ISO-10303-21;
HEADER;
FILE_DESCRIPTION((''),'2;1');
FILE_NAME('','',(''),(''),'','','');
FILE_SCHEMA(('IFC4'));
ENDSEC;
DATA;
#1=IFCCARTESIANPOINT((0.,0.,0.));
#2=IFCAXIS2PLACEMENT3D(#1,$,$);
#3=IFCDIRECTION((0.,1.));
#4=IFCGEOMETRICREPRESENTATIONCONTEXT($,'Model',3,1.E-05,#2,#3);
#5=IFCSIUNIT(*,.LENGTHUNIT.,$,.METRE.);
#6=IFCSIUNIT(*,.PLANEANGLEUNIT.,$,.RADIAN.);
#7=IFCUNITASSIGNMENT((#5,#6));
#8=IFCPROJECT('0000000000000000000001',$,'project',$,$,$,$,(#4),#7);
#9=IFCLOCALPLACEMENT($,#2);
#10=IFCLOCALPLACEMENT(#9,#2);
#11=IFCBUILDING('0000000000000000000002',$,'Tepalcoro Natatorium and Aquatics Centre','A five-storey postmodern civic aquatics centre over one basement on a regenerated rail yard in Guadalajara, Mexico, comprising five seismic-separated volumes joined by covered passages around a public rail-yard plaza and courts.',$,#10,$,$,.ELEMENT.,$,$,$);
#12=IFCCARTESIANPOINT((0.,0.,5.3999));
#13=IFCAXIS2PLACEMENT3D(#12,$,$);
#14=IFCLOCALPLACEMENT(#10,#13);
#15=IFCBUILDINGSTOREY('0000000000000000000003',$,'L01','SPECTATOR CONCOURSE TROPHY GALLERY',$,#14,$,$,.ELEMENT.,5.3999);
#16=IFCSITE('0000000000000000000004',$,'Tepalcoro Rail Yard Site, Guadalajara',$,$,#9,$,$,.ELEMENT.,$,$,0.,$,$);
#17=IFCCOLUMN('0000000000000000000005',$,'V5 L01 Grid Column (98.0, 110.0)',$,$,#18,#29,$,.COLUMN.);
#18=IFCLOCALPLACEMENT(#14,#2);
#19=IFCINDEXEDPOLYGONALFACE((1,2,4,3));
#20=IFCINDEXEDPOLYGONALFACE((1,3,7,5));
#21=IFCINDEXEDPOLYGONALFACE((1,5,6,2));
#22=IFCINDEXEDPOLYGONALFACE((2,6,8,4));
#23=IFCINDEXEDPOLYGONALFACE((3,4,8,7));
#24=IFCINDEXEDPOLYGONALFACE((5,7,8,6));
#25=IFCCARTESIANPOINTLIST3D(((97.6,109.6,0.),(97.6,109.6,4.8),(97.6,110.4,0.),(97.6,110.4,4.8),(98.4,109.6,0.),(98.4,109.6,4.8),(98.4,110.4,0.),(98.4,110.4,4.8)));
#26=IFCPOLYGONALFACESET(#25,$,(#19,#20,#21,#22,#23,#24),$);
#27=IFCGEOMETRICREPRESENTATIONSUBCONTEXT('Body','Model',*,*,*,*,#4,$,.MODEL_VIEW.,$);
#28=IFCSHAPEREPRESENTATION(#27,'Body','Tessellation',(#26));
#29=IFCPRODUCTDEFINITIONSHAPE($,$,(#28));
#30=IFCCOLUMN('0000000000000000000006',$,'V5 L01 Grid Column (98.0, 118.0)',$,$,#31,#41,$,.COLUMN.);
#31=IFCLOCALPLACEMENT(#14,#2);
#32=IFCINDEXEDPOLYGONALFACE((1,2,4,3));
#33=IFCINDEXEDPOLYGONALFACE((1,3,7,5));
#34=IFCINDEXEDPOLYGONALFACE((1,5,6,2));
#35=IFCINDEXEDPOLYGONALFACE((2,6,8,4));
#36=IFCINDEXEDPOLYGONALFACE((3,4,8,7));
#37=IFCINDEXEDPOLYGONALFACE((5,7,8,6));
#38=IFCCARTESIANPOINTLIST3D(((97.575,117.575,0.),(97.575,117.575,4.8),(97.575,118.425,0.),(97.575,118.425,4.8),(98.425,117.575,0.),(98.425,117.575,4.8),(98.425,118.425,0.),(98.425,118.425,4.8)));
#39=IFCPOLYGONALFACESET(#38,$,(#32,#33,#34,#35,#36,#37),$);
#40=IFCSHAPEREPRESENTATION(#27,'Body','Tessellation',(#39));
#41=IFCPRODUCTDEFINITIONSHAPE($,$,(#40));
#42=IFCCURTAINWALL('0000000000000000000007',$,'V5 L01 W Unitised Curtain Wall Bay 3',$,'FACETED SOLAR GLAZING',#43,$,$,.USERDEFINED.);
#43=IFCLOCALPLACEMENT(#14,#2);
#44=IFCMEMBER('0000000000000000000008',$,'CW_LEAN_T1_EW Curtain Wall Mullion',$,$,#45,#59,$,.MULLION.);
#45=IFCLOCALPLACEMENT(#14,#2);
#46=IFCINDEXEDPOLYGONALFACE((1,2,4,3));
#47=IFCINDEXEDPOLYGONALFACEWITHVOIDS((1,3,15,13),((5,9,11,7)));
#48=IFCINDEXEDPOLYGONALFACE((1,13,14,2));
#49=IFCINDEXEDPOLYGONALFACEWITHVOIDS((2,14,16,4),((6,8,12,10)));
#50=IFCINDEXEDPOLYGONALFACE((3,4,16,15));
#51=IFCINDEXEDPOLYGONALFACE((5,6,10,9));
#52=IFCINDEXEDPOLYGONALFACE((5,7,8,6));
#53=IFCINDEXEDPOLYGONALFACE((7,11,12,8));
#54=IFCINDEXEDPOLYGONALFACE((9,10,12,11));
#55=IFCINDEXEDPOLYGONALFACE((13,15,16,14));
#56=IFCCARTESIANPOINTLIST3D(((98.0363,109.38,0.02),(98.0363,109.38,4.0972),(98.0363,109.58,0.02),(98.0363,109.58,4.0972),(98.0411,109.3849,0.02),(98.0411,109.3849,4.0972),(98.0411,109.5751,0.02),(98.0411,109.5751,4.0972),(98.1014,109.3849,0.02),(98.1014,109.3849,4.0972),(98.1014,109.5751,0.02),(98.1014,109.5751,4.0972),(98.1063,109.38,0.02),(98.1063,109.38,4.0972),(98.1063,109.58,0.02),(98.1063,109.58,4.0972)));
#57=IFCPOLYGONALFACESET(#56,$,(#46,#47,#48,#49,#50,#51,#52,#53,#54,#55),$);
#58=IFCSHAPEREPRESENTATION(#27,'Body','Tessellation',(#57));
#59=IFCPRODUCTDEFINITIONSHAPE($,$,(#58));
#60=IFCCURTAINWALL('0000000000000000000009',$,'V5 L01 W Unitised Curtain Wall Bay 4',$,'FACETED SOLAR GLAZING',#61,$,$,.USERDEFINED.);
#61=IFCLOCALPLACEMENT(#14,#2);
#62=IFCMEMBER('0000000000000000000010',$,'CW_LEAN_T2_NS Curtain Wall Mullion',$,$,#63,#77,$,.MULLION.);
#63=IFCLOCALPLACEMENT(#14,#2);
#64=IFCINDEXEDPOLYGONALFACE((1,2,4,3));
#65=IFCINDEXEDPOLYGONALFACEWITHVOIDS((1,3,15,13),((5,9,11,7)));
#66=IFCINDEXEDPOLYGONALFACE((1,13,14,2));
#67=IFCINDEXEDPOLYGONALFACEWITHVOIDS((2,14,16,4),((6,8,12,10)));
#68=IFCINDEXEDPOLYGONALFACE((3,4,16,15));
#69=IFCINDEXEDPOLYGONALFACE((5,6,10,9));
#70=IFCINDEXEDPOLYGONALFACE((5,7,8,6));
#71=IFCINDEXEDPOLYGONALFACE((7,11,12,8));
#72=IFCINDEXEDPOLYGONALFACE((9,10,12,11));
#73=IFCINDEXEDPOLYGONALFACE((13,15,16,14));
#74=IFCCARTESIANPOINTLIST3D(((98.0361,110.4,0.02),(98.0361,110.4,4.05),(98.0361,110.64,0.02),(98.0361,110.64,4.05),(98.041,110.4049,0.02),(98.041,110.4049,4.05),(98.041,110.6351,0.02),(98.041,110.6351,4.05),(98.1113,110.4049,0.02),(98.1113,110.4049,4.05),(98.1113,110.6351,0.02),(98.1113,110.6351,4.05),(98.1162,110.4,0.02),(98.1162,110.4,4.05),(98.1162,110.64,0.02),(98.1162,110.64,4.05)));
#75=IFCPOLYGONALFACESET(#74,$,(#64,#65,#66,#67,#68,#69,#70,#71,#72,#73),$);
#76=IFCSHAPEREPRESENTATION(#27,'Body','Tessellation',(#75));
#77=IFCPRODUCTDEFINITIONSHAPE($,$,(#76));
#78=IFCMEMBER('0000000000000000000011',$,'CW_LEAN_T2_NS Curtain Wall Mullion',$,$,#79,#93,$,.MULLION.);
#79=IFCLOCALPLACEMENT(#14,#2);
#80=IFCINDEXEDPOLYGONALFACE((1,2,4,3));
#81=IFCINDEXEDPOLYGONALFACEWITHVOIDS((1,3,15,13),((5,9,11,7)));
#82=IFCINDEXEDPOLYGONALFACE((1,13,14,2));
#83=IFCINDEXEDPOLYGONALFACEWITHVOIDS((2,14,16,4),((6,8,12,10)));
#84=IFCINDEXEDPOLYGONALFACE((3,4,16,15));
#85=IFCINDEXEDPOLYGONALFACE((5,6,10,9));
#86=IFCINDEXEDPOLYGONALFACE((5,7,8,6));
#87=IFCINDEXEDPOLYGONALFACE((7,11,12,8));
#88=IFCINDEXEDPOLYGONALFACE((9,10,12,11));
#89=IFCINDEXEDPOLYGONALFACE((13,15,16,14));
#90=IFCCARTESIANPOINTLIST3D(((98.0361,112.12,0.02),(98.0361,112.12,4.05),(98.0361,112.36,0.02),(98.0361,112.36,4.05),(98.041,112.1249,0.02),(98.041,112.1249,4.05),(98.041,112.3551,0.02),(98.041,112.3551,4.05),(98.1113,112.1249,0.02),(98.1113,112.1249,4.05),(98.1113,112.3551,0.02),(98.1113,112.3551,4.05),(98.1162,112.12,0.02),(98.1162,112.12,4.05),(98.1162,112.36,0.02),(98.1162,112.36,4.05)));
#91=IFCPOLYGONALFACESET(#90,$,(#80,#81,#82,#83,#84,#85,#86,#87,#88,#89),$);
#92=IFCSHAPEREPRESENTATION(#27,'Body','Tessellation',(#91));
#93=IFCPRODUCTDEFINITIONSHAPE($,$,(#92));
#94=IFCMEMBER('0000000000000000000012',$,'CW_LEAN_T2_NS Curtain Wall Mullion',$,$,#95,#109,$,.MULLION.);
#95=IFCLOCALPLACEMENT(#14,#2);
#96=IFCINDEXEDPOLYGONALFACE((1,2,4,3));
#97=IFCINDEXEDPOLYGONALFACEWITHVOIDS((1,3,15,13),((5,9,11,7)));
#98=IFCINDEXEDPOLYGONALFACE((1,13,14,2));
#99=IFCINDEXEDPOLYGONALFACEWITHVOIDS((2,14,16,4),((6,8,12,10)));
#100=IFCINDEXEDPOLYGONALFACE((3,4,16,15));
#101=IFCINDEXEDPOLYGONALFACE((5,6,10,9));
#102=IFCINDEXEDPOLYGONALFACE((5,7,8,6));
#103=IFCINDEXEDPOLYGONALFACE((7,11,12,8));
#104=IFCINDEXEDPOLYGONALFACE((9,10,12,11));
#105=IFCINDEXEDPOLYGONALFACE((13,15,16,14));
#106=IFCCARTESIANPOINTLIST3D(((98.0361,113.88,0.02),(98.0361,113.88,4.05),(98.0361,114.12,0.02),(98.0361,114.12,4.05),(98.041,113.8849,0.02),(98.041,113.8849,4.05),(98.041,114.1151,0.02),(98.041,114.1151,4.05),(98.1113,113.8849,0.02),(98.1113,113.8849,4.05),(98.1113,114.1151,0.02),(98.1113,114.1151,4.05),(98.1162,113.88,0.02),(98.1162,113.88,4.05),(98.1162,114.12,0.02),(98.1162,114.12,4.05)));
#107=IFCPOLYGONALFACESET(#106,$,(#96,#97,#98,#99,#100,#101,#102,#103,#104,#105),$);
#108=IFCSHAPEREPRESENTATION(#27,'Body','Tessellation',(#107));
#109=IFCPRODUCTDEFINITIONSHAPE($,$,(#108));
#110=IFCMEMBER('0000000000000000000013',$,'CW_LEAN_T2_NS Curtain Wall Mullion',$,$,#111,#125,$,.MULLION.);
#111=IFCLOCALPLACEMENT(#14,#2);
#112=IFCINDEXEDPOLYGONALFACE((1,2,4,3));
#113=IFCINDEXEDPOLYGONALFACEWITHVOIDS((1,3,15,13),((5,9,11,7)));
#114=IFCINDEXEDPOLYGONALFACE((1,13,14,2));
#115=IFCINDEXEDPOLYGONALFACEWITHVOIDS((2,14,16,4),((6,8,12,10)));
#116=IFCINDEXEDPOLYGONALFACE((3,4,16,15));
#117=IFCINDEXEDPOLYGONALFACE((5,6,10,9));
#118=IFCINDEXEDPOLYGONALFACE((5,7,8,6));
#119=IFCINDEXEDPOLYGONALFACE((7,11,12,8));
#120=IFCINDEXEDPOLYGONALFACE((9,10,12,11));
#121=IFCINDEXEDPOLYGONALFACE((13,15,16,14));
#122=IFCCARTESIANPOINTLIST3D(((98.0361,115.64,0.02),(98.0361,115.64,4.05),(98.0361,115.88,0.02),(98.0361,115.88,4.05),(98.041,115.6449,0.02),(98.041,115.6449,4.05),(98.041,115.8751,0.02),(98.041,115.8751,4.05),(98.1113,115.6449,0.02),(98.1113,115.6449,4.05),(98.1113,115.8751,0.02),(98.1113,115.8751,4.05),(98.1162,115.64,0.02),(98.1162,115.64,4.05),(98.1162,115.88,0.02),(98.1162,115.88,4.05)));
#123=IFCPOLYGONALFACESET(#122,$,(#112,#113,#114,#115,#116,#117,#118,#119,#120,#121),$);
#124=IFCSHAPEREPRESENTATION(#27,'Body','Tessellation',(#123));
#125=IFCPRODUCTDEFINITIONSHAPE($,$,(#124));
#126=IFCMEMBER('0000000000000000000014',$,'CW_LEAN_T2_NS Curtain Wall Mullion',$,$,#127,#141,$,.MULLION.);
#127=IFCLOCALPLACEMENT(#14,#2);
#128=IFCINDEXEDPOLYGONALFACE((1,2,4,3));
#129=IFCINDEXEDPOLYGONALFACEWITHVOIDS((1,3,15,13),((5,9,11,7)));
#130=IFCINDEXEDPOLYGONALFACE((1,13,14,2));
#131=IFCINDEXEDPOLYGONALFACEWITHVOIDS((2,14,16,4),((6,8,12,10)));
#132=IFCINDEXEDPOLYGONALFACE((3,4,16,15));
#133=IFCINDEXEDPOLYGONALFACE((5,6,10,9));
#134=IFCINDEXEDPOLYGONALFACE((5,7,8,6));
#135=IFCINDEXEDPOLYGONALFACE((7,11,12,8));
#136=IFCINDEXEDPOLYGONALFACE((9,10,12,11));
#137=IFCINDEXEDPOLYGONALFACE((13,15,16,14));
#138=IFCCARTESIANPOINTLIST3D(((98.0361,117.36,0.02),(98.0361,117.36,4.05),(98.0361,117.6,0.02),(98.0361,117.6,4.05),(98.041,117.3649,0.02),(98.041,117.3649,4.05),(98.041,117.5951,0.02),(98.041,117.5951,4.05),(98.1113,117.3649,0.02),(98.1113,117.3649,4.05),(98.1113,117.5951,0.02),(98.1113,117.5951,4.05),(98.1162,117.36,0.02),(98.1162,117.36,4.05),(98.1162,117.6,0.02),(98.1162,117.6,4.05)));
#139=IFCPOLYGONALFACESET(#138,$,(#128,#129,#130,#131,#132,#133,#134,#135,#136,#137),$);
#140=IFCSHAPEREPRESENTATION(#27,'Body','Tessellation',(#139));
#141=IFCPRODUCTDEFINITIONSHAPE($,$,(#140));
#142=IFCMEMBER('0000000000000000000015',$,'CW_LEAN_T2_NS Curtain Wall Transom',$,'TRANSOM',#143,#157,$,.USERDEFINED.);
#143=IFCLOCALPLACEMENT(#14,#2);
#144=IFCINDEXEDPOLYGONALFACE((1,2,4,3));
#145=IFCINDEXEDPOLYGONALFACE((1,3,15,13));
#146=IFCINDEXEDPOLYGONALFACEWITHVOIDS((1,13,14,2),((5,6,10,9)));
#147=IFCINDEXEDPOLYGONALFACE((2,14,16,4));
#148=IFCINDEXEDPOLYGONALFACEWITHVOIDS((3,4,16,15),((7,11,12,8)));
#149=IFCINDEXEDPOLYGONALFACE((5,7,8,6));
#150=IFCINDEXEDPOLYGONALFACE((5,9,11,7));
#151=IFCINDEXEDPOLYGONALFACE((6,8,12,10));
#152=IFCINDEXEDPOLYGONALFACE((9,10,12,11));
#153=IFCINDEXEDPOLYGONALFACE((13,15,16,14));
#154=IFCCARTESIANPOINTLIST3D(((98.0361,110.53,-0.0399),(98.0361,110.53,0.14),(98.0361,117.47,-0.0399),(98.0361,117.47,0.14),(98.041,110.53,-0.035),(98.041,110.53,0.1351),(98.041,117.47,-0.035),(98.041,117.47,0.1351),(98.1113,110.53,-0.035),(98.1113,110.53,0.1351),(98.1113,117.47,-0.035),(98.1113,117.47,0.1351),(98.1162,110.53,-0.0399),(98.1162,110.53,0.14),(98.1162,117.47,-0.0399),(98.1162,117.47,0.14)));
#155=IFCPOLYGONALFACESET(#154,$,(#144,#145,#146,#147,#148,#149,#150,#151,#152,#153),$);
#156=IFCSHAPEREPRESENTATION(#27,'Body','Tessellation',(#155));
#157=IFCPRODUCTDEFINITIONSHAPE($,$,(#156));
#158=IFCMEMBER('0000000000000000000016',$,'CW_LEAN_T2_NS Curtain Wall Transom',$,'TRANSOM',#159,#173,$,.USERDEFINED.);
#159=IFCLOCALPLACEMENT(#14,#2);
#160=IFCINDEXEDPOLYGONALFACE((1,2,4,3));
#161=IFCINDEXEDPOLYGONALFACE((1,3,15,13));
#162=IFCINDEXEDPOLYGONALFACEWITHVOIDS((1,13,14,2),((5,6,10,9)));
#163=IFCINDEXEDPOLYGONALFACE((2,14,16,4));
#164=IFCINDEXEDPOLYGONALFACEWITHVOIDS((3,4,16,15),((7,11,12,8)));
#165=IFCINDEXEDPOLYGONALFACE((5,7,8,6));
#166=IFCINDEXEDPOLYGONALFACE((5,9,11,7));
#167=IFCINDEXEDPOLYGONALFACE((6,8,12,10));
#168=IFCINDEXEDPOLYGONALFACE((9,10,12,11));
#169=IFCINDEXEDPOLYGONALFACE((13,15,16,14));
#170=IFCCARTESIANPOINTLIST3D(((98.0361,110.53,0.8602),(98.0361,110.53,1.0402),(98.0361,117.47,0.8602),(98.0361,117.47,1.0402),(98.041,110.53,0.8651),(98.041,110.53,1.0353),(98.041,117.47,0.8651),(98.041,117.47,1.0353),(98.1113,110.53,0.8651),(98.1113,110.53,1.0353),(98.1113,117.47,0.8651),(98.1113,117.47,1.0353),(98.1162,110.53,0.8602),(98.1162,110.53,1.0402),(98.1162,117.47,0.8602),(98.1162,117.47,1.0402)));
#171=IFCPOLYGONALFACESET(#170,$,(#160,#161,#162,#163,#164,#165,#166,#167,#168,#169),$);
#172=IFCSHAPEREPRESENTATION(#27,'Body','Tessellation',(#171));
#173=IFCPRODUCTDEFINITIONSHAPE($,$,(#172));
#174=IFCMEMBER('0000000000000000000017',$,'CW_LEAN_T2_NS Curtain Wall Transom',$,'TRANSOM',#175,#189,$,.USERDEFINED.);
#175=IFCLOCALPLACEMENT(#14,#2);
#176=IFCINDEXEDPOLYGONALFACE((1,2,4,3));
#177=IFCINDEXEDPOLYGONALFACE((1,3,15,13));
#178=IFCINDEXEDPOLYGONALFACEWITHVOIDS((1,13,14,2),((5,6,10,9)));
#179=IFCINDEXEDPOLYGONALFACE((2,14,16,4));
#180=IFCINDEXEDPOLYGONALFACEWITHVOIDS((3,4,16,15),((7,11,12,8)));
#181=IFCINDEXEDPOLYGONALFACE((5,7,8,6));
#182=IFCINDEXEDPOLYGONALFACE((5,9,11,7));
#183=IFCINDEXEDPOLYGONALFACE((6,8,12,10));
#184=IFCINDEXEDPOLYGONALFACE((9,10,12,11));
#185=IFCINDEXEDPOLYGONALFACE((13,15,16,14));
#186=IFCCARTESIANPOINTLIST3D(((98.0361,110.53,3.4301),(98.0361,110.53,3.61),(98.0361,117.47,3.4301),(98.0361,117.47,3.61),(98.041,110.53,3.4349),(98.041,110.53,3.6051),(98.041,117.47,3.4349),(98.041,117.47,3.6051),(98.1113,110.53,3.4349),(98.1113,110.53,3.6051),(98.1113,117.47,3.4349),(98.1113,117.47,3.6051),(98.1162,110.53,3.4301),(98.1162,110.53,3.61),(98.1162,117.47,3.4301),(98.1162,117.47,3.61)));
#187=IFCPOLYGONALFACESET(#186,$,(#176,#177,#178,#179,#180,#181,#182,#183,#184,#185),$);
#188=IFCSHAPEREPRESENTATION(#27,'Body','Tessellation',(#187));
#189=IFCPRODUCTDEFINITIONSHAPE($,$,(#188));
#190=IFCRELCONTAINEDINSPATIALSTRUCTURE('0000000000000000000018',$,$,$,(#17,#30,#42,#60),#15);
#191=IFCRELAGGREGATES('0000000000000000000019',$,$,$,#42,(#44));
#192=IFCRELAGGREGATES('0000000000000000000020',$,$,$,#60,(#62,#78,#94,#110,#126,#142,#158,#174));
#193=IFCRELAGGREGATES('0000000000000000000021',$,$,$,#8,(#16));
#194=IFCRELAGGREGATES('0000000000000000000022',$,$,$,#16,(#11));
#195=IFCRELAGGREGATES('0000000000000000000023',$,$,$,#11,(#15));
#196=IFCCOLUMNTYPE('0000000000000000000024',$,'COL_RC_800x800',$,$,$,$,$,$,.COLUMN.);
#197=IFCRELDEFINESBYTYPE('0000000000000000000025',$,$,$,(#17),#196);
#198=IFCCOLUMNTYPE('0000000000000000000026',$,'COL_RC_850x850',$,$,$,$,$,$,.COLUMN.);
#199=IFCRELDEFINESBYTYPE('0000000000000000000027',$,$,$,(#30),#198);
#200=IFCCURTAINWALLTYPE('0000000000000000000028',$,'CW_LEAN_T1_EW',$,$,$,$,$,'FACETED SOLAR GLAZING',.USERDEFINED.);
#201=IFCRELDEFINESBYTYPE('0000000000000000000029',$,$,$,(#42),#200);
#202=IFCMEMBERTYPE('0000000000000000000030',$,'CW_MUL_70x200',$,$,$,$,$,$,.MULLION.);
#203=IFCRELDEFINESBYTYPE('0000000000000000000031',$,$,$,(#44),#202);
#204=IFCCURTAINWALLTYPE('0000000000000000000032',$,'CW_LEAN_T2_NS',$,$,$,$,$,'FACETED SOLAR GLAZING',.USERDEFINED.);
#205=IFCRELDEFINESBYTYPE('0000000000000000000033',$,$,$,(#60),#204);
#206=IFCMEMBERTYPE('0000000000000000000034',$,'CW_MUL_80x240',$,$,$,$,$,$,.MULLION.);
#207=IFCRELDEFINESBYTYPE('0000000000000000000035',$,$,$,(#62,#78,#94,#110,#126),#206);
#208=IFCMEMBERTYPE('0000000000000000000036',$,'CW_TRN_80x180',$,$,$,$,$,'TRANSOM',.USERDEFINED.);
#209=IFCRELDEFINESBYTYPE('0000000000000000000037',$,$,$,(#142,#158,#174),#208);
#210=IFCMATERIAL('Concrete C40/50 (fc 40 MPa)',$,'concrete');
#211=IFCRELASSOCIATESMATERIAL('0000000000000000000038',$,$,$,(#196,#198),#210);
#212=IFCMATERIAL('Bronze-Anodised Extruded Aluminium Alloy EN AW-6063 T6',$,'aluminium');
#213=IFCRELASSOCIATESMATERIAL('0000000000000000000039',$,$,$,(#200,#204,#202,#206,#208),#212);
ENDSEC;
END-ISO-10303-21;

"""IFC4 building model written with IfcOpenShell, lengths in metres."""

from ifc_helpers import new_model, si_unit, direction, frame, origin, origin_2d, place, context, subcontext, project, spatial, rectangle, hollow_rectangle, extrude, material, material_profile, profile_set, type_object, element, aggregate, save


model = new_model("IFC4")

# Units and contexts
model_context = context("Model", 3, precision=1e-05, world=origin(), true_north=direction((0.0, 1.0)))
body_context = subcontext(model_context, "Body", "Model", "MODEL_VIEW")
ifc_project = project(units=[si_unit("LENGTHUNIT", "METRE"), si_unit("PLANEANGLEUNIT", "RADIAN")], contexts=[model_context])

# Site, building, storey
site_placement = place(None, origin())
site = spatial("IfcSite", under=ifc_project, at=site_placement, Name="Tepalcoro Rail Yard Site, Guadalajara", CompositionType="ELEMENT", RefElevation=0.0)
building_placement = place(site_placement, origin())
building = spatial("IfcBuilding", under=site, at=building_placement, Name="Tepalcoro Natatorium and Aquatics Centre", Description="A five-storey postmodern civic aquatics centre over one basement on a regenerated rail yard in Guadalajara, Mexico, comprising five seismic-separated volumes joined by covered passages around a public rail-yard plaza and courts.", CompositionType="ELEMENT")
storey_placement = place(building_placement, frame((0.0, 0.0, 5.3999)))
storey = spatial("IfcBuildingStorey", under=building, at=storey_placement, Name="L01", Description="SPECTATOR CONCOURSE TROPHY GALLERY", CompositionType="ELEMENT", Elevation=5.3999)

# Columns
ifc_material_1 = material(Name="Concrete C40/50 (fc 40 MPa)", Category="concrete")
ifc_material_profile_1 = material_profile(ifc_material_1, rectangle(XDim=0.8, YDim=0.8, at=origin_2d()), Name="RC800x800")
ifc_profile_set_1 = profile_set([ifc_material_profile_1], Name="Concrete C40/50 (fc 40 MPa)")
column_type_1 = type_object("IfcColumnType", Name="COL_RC_800x800", PredefinedType="COLUMN", material=ifc_profile_set_1)
column_1_placement = place(storey_placement, frame((98.0, 110.0, 0.0), z_axis=(0.0, 0.0, 1.0), x_axis=(1.0, 0.0, 0.0)))
element("IfcColumn", 1, at=column_1_placement, inside=storey, type_object=column_type_1, Name="V5 L01 Grid Column (98.0, 110.0)", PredefinedType="COLUMN", context=body_context, shape_type="SweptSolid", body=[
    extrude(rectangle(XDim=0.8, YDim=0.8, at=origin_2d()), origin(), (0.0, 0.0, 1.0), 4.8),
])
ifc_material_profile_2 = material_profile(ifc_material_1, rectangle(XDim=0.8501, YDim=0.8501, at=origin_2d()), Name="RC850x850")
ifc_profile_set_2 = profile_set([ifc_material_profile_2], Name="Concrete C40/50 (fc 40 MPa)")
column_type_2 = type_object("IfcColumnType", Name="COL_RC_850x850", PredefinedType="COLUMN", material=ifc_profile_set_2)
column_2_placement = place(storey_placement, frame((98.0, 118.0, 0.0), z_axis=(0.0, 0.0, 1.0), x_axis=(1.0, 0.0, 0.0)))
element("IfcColumn", 2, at=column_2_placement, inside=storey, type_object=column_type_2, Name="V5 L01 Grid Column (98.0, 118.0)", PredefinedType="COLUMN", context=body_context, shape_type="SweptSolid", body=[
    extrude(rectangle(XDim=0.8501, YDim=0.8501, at=origin_2d()), origin(), (0.0, 0.0, 1.0), 4.8),
])

# Curtain wall, member
ifc_material_2 = material(Name="Bronze-Anodised Extruded Aluminium Alloy EN AW-6063 T6", Category="aluminium")
curtain_wall_type_1 = type_object("IfcCurtainWallType", Name="CW_LEAN_T1_EW", ElementType="FACETED SOLAR GLAZING", PredefinedType="USERDEFINED", material=ifc_material_2)
curtain_wall_1_placement = place(storey_placement, origin())
curtain_wall_1 = element("IfcCurtainWall", 3, at=curtain_wall_1_placement, inside=storey, type_object=curtain_wall_type_1, Name="V5 L01 W Unitised Curtain Wall Bay 3", ObjectType="FACETED SOLAR GLAZING", PredefinedType="USERDEFINED")
ifc_material_profile_3 = material_profile(ifc_material_2, hollow_rectangle(XDim=0.0701, YDim=0.2, WallThickness=0.0049, at=origin_2d()), Name="AL70X200X5")
ifc_profile_set_3 = profile_set([ifc_material_profile_3], Name="Bronze-Anodised Extruded Aluminium Alloy EN AW-6063 T6")
member_type_1 = type_object("IfcMemberType", Name="CW_MUL_70x200", PredefinedType="MULLION", material=ifc_profile_set_3)
member_1_placement = place(storey_placement, frame((98.0713, 109.48, 0.02), z_axis=(0.0, 0.0, 1.0), x_axis=(1.0, 0.0, 0.0)))
member_1 = element("IfcMember", 4, at=member_1_placement, type_object=member_type_1, Name="CW_LEAN_T1_EW Curtain Wall Mullion", PredefinedType="MULLION", context=body_context, shape_type="SweptSolid", body=[
    extrude(hollow_rectangle(XDim=0.0701, YDim=0.2, WallThickness=0.0049, at=origin_2d()), origin(), (0.0, 0.0, 1.0), 4.0771),
])

# Curtain wall, members
curtain_wall_type_2 = type_object("IfcCurtainWallType", Name="CW_LEAN_T2_NS", ElementType="FACETED SOLAR GLAZING", PredefinedType="USERDEFINED", material=ifc_material_2)
curtain_wall_2_placement = place(storey_placement, origin())
curtain_wall_2 = element("IfcCurtainWall", 5, at=curtain_wall_2_placement, inside=storey, type_object=curtain_wall_type_2, Name="V5 L01 W Unitised Curtain Wall Bay 4", ObjectType="FACETED SOLAR GLAZING", PredefinedType="USERDEFINED")
ifc_material_profile_4 = material_profile(ifc_material_2, hollow_rectangle(XDim=0.0801, YDim=0.24, WallThickness=0.0049, at=origin_2d()), Name="AL80X240X5")
ifc_profile_set_4 = profile_set([ifc_material_profile_4], Name="Bronze-Anodised Extruded Aluminium Alloy EN AW-6063 T6")
member_type_2 = type_object("IfcMemberType", Name="CW_MUL_80x240", PredefinedType="MULLION", material=ifc_profile_set_4)
member_2_placement = place(storey_placement, frame((98.0762, 110.52, 0.02), z_axis=(0.0, 0.0, 1.0), x_axis=(1.0, 0.0, 0.0)))
member_2 = element("IfcMember", 6, at=member_2_placement, type_object=member_type_2, Name="CW_LEAN_T2_NS Curtain Wall Mullion", PredefinedType="MULLION", context=body_context, shape_type="SweptSolid", body=[
    extrude(hollow_rectangle(XDim=0.0801, YDim=0.24, WallThickness=0.0049, at=origin_2d()), origin(), (0.0, 0.0, 1.0), 4.03),
])
member_3_placement = place(storey_placement, frame((98.0762, 112.24, 0.02), z_axis=(0.0, 0.0, 1.0), x_axis=(1.0, 0.0, 0.0)))
member_3 = element("IfcMember", 7, at=member_3_placement, type_object=member_type_2, Name="CW_LEAN_T2_NS Curtain Wall Mullion", PredefinedType="MULLION", context=body_context, shape_type="SweptSolid", body=[
    extrude(hollow_rectangle(XDim=0.0801, YDim=0.24, WallThickness=0.0049, at=origin_2d()), origin(), (0.0, 0.0, 1.0), 4.03),
])
member_4_placement = place(storey_placement, frame((98.0762, 114.0, 0.02), z_axis=(0.0, 0.0, 1.0), x_axis=(1.0, 0.0, 0.0)))
member_4 = element("IfcMember", 8, at=member_4_placement, type_object=member_type_2, Name="CW_LEAN_T2_NS Curtain Wall Mullion", PredefinedType="MULLION", context=body_context, shape_type="SweptSolid", body=[
    extrude(hollow_rectangle(XDim=0.0801, YDim=0.24, WallThickness=0.0049, at=origin_2d()), origin(), (0.0, 0.0, 1.0), 4.03),
])
member_5_placement = place(storey_placement, frame((98.0762, 115.76, 0.02), z_axis=(0.0, 0.0, 1.0), x_axis=(1.0, 0.0, 0.0)))
member_5 = element("IfcMember", 9, at=member_5_placement, type_object=member_type_2, Name="CW_LEAN_T2_NS Curtain Wall Mullion", PredefinedType="MULLION", context=body_context, shape_type="SweptSolid", body=[
    extrude(hollow_rectangle(XDim=0.0801, YDim=0.24, WallThickness=0.0049, at=origin_2d()), origin(), (0.0, 0.0, 1.0), 4.03),
])
member_6_placement = place(storey_placement, frame((98.0762, 117.48, 0.02), z_axis=(0.0, 0.0, 1.0), x_axis=(1.0, 0.0, 0.0)))
member_6 = element("IfcMember", 10, at=member_6_placement, type_object=member_type_2, Name="CW_LEAN_T2_NS Curtain Wall Mullion", PredefinedType="MULLION", context=body_context, shape_type="SweptSolid", body=[
    extrude(hollow_rectangle(XDim=0.0801, YDim=0.24, WallThickness=0.0049, at=origin_2d()), origin(), (0.0, 0.0, 1.0), 4.03),
])
ifc_material_profile_5 = material_profile(ifc_material_2, hollow_rectangle(XDim=0.0801, YDim=0.1799, WallThickness=0.0049, at=origin_2d()), Name="AL80X180X5")
ifc_profile_set_5 = profile_set([ifc_material_profile_5], Name="Bronze-Anodised Extruded Aluminium Alloy EN AW-6063 T6")
member_type_3 = type_object("IfcMemberType", Name="CW_TRN_80x180", ElementType="TRANSOM", PredefinedType="USERDEFINED", material=ifc_profile_set_5)
member_7_placement = place(storey_placement, frame((98.0762, 110.53, 0.05), z_axis=(0.0, 1.0, 0.0), x_axis=(-1.0, 0.0, 0.0)))
member_7 = element("IfcMember", 11, at=member_7_placement, type_object=member_type_3, Name="CW_LEAN_T2_NS Curtain Wall Transom", ObjectType="TRANSOM", PredefinedType="USERDEFINED", context=body_context, shape_type="SweptSolid", body=[
    extrude(hollow_rectangle(XDim=0.0801, YDim=0.1799, WallThickness=0.0049, at=origin_2d()), origin(), (0.0, 0.0, 1.0), 6.9399),
])
member_8_placement = place(storey_placement, frame((98.0762, 110.53, 0.9502), z_axis=(0.0, 1.0, 0.0), x_axis=(-1.0, 0.0, 0.0)))
member_8 = element("IfcMember", 12, at=member_8_placement, type_object=member_type_3, Name="CW_LEAN_T2_NS Curtain Wall Transom", ObjectType="TRANSOM", PredefinedType="USERDEFINED", context=body_context, shape_type="SweptSolid", body=[
    extrude(hollow_rectangle(XDim=0.0801, YDim=0.1799, WallThickness=0.0049, at=origin_2d()), origin(), (0.0, 0.0, 1.0), 6.9399),
])
member_9_placement = place(storey_placement, frame((98.0762, 110.53, 3.52), z_axis=(0.0, 1.0, 0.0), x_axis=(-1.0, 0.0, 0.0)))
member_9 = element("IfcMember", 13, at=member_9_placement, type_object=member_type_3, Name="CW_LEAN_T2_NS Curtain Wall Transom", ObjectType="TRANSOM", PredefinedType="USERDEFINED", context=body_context, shape_type="SweptSolid", body=[
    extrude(hollow_rectangle(XDim=0.0801, YDim=0.1799, WallThickness=0.0049, at=origin_2d()), origin(), (0.0, 0.0, 1.0), 6.9399),
])

aggregate(curtain_wall_1, [member_1])
aggregate(curtain_wall_2, [member_2, member_3, member_4, member_5, member_6, member_7, member_8, member_9])

save(model, "model.ifc")
